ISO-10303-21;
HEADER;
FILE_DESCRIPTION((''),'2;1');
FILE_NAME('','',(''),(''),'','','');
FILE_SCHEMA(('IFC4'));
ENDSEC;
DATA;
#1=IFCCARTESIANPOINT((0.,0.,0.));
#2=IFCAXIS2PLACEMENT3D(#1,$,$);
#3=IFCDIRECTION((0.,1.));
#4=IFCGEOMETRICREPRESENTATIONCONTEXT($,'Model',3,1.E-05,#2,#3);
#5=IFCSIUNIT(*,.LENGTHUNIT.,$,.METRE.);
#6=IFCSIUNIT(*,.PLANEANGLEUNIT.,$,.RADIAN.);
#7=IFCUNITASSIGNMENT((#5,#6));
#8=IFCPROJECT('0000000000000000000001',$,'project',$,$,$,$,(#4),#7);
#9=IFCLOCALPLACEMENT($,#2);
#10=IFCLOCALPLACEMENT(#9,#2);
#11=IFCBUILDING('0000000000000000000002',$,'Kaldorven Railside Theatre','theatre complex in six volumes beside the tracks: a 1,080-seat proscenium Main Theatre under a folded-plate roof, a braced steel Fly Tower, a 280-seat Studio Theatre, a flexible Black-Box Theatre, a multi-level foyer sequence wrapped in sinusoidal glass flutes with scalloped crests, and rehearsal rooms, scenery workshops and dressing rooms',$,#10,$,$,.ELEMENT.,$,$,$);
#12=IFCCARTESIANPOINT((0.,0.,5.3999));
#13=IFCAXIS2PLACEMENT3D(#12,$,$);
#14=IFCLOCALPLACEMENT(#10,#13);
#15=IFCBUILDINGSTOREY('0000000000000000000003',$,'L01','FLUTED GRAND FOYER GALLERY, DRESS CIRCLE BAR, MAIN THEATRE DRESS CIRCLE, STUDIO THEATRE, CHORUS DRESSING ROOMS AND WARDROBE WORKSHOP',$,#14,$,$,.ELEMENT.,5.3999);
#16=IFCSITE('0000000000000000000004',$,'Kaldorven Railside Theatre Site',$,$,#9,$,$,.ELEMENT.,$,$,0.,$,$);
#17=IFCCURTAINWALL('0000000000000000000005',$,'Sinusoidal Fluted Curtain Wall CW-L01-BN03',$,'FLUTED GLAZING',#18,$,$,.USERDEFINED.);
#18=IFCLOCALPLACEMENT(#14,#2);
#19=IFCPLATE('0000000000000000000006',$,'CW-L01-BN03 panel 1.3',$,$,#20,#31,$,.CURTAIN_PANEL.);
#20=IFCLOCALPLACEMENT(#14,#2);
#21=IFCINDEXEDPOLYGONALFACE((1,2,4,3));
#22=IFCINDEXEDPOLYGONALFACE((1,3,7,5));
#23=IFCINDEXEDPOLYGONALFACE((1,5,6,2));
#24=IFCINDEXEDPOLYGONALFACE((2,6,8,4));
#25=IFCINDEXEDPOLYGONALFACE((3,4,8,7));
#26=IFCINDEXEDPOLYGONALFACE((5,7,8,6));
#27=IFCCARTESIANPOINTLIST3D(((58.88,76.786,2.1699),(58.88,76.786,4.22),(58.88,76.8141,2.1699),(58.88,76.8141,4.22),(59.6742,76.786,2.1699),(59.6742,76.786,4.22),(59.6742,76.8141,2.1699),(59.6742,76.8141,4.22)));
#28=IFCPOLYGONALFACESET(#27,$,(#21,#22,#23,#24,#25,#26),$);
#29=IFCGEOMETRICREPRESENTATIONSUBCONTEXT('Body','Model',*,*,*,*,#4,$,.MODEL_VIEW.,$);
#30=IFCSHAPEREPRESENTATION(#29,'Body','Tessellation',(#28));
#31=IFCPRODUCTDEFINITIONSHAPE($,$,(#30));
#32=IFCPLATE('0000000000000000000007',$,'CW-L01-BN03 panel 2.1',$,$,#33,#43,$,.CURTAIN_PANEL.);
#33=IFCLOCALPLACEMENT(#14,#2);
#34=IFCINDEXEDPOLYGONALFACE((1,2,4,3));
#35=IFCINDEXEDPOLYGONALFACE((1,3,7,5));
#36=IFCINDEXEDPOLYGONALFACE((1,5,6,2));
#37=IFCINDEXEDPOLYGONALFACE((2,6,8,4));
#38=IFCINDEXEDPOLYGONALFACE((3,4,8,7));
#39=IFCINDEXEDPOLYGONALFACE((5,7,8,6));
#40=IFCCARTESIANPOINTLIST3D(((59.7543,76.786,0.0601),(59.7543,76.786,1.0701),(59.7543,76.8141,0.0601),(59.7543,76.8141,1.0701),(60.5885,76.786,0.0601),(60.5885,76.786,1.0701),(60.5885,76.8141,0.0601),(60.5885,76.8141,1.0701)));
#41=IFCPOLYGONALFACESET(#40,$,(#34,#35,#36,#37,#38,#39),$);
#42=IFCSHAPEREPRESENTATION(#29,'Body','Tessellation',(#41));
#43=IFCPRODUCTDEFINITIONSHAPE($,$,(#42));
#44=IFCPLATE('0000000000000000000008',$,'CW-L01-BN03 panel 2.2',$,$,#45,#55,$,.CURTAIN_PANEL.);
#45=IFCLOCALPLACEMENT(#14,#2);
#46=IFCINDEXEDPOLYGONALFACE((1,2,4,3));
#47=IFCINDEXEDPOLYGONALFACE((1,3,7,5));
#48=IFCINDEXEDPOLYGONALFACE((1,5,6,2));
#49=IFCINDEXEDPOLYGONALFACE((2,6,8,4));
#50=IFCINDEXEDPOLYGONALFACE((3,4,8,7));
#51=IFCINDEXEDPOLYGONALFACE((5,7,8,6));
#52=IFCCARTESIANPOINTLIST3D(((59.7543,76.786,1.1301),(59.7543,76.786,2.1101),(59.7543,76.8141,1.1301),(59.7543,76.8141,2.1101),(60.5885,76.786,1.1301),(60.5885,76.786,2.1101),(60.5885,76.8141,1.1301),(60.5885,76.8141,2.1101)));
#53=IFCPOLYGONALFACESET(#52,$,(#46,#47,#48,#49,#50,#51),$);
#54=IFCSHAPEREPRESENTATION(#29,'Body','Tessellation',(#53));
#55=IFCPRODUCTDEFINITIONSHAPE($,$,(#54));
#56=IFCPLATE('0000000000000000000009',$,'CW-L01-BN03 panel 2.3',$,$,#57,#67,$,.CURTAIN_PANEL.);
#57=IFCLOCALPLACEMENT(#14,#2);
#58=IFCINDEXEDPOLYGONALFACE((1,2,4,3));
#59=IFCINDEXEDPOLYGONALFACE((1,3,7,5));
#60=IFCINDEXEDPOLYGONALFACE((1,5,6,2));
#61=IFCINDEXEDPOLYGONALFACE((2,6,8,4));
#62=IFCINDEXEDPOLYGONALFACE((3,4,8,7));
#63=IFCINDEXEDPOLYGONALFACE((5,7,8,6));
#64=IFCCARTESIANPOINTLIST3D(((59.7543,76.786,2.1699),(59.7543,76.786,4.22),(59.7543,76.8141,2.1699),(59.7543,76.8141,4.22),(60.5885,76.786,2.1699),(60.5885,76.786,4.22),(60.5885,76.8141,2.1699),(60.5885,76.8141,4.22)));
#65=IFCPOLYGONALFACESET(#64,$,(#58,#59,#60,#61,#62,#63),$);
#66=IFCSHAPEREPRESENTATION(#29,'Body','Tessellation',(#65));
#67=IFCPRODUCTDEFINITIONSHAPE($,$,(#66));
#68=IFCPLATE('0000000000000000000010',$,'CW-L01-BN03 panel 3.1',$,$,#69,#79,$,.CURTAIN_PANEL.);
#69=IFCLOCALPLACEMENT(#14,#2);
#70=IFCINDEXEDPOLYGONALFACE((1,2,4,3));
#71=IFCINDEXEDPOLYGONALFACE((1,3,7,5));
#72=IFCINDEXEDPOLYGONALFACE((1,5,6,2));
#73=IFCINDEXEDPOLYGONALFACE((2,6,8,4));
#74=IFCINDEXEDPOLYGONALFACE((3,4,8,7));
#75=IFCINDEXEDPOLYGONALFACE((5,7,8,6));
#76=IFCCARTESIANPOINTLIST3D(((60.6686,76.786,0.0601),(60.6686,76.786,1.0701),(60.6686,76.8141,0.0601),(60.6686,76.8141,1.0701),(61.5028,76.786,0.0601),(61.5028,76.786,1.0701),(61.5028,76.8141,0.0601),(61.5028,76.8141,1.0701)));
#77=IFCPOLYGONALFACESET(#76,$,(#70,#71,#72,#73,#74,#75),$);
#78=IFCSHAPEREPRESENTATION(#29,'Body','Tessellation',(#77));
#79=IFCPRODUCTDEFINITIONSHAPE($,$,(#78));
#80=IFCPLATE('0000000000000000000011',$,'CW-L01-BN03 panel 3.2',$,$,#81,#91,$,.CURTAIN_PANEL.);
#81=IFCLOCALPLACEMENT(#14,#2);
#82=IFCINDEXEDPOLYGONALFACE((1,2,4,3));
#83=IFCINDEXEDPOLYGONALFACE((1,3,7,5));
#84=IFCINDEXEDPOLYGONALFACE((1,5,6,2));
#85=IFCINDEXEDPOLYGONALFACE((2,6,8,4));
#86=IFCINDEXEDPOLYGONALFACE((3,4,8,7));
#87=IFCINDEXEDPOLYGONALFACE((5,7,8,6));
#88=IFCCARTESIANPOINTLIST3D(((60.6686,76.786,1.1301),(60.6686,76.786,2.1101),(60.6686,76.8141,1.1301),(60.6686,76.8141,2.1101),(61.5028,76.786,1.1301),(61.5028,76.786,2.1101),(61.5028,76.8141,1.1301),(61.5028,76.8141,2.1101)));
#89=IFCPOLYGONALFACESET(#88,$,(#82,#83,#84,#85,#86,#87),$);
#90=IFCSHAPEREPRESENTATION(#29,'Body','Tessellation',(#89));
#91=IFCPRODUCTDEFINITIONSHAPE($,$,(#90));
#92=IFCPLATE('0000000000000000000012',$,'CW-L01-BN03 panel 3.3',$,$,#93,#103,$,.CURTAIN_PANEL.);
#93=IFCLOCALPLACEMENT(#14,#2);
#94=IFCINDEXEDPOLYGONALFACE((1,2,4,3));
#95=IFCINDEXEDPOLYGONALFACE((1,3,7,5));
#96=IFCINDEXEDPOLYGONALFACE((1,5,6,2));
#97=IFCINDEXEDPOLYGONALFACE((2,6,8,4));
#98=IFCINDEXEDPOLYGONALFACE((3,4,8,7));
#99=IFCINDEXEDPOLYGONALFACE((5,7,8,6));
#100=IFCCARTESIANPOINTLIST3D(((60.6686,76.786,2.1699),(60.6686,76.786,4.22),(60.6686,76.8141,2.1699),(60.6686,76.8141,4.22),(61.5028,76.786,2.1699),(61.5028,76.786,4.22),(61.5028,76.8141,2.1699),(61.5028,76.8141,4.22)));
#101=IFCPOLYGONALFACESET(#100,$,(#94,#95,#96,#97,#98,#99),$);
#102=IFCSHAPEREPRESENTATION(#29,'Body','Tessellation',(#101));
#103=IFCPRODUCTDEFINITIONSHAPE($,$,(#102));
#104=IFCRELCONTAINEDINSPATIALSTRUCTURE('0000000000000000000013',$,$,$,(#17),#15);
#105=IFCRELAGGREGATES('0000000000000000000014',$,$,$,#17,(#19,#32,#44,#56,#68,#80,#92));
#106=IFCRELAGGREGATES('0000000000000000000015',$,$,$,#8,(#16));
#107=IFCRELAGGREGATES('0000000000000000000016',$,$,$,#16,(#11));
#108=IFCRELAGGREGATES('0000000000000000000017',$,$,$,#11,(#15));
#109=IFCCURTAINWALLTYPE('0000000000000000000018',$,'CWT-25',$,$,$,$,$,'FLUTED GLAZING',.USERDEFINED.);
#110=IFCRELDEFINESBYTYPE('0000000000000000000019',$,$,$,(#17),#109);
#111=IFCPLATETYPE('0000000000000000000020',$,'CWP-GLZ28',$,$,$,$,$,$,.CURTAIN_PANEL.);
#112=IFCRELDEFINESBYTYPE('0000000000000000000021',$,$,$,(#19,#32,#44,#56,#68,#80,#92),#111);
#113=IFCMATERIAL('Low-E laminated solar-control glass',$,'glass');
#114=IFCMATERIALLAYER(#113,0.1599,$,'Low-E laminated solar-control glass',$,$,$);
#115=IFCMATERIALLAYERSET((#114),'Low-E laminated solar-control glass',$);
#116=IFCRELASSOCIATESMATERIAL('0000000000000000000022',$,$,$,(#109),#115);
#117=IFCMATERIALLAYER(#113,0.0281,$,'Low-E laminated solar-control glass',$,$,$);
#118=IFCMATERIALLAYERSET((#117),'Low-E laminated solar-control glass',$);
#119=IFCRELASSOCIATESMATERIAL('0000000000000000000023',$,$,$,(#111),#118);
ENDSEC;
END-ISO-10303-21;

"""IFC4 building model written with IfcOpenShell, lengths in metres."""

from ifc_helpers import new_model, si_unit, direction, frame, origin, origin_2d, place, context, subcontext, project, spatial, rectangle, extrude, material, layer, layer_set, type_object, element, aggregate, save


model = new_model("IFC4")

# Units and contexts
model_context = context("Model", 3, precision=1e-05, world=origin(), true_north=direction((0.0, 1.0)))
body_context = subcontext(model_context, "Body", "Model", "MODEL_VIEW")
ifc_project = project(units=[si_unit("LENGTHUNIT", "METRE"), si_unit("PLANEANGLEUNIT", "RADIAN")], contexts=[model_context])

# Site, building, storey
site_placement = place(None, origin())
site = spatial("IfcSite", under=ifc_project, at=site_placement, Name="Kaldorven Railside Theatre Site", CompositionType="ELEMENT", RefElevation=0.0)
building_placement = place(site_placement, origin())
building = spatial("IfcBuilding", under=site, at=building_placement, Name="Kaldorven Railside Theatre", Description="theatre complex in six volumes beside the tracks: a 1,080-seat proscenium Main Theatre under a folded-plate roof, a braced steel Fly Tower, a 280-seat Studio Theatre, a flexible Black-Box Theatre, a multi-level foyer sequence wrapped in sinusoidal glass flutes with scalloped crests, and rehearsal rooms, scenery workshops and dressing rooms", CompositionType="ELEMENT")
storey_placement = place(building_placement, frame((0.0, 0.0, 5.3999)))
storey = spatial("IfcBuildingStorey", under=building, at=storey_placement, Name="L01", Description="FLUTED GRAND FOYER GALLERY, DRESS CIRCLE BAR, MAIN THEATRE DRESS CIRCLE, STUDIO THEATRE, CHORUS DRESSING ROOMS AND WARDROBE WORKSHOP", CompositionType="ELEMENT", Elevation=5.3999)

# Curtain wall, plates
ifc_material_1 = material(Name="Low-E laminated solar-control glass", Category="glass")
ifc_layer_1 = layer(ifc_material_1, 0.1599, Name="Low-E laminated solar-control glass")
ifc_layer_set_1 = layer_set([ifc_layer_1], Name="Low-E laminated solar-control glass")
curtain_wall_type = type_object("IfcCurtainWallType", Name="CWT-25", ElementType="FLUTED GLAZING", PredefinedType="USERDEFINED", material=ifc_layer_set_1)
curtain_wall_placement = place(storey_placement, origin())
curtain_wall = element("IfcCurtainWall", 1, at=curtain_wall_placement, inside=storey, type_object=curtain_wall_type, Name="Sinusoidal Fluted Curtain Wall CW-L01-BN03", ObjectType="FLUTED GLAZING", PredefinedType="USERDEFINED")
ifc_layer_2 = layer(ifc_material_1, 0.0281, Name="Low-E laminated solar-control glass")
ifc_layer_set_2 = layer_set([ifc_layer_2], Name="Low-E laminated solar-control glass")
plate_type = type_object("IfcPlateType", Name="CWP-GLZ28", PredefinedType="CURTAIN_PANEL", material=ifc_layer_set_2)
plate_1_placement = place(storey_placement, frame((59.2771, 76.8, 2.1699), z_axis=(0.0, 0.0, 1.0), x_axis=(1.0, 0.0, 0.0)))
plate_1 = element("IfcPlate", 2, at=plate_1_placement, type_object=plate_type, Name="CW-L01-BN03 panel 1.3", PredefinedType="CURTAIN_PANEL", context=body_context, shape_type="SweptSolid", body=[
    extrude(rectangle(XDim=0.7942, YDim=0.0281, at=origin_2d()), origin(), (0.0, 0.0, 1.0), 2.05),
])
plate_2_placement = place(storey_placement, frame((60.1714, 76.8, 0.0601), z_axis=(0.0, 0.0, 1.0), x_axis=(1.0, 0.0, 0.0)))
plate_2 = element("IfcPlate", 3, at=plate_2_placement, type_object=plate_type, Name="CW-L01-BN03 panel 2.1", PredefinedType="CURTAIN_PANEL", context=body_context, shape_type="SweptSolid", body=[
    extrude(rectangle(XDim=0.8342, YDim=0.0281, at=origin_2d()), origin(), (0.0, 0.0, 1.0), 1.01),
])
plate_3_placement = place(storey_placement, frame((60.1714, 76.8, 1.1301), z_axis=(0.0, 0.0, 1.0), x_axis=(1.0, 0.0, 0.0)))
plate_3 = element("IfcPlate", 4, at=plate_3_placement, type_object=plate_type, Name="CW-L01-BN03 panel 2.2", PredefinedType="CURTAIN_PANEL", context=body_context, shape_type="SweptSolid", body=[
    extrude(rectangle(XDim=0.8342, YDim=0.0281, at=origin_2d()), origin(), (0.0, 0.0, 1.0), 0.98),
])
plate_4_placement = place(storey_placement, frame((60.1714, 76.8, 2.1699), z_axis=(0.0, 0.0, 1.0), x_axis=(1.0, 0.0, 0.0)))
plate_4 = element("IfcPlate", 5, at=plate_4_placement, type_object=plate_type, Name="CW-L01-BN03 panel 2.3", PredefinedType="CURTAIN_PANEL", context=body_context, shape_type="SweptSolid", body=[
    extrude(rectangle(XDim=0.8342, YDim=0.0281, at=origin_2d()), origin(), (0.0, 0.0, 1.0), 2.05),
])
plate_5_placement = place(storey_placement, frame((61.0857, 76.8, 0.0601), z_axis=(0.0, 0.0, 1.0), x_axis=(1.0, 0.0, 0.0)))
plate_5 = element("IfcPlate", 6, at=plate_5_placement, type_object=plate_type, Name="CW-L01-BN03 panel 3.1", PredefinedType="CURTAIN_PANEL", context=body_context, shape_type="SweptSolid", body=[
    extrude(rectangle(XDim=0.8342, YDim=0.0281, at=origin_2d()), origin(), (0.0, 0.0, 1.0), 1.01),
])
plate_6_placement = place(storey_placement, frame((61.0857, 76.8, 1.1301), z_axis=(0.0, 0.0, 1.0), x_axis=(1.0, 0.0, 0.0)))
plate_6 = element("IfcPlate", 7, at=plate_6_placement, type_object=plate_type, Name="CW-L01-BN03 panel 3.2", PredefinedType="CURTAIN_PANEL", context=body_context, shape_type="SweptSolid", body=[
    extrude(rectangle(XDim=0.8342, YDim=0.0281, at=origin_2d()), origin(), (0.0, 0.0, 1.0), 0.98),
])
plate_7_placement = place(storey_placement, frame((61.0857, 76.8, 2.1699), z_axis=(0.0, 0.0, 1.0), x_axis=(1.0, 0.0, 0.0)))
plate_7 = element("IfcPlate", 8, at=plate_7_placement, type_object=plate_type, Name="CW-L01-BN03 panel 3.3", PredefinedType="CURTAIN_PANEL", context=body_context, shape_type="SweptSolid", body=[
    extrude(rectangle(XDim=0.8342, YDim=0.0281, at=origin_2d()), origin(), (0.0, 0.0, 1.0), 2.05),
])
aggregate(curtain_wall, [plate_1, plate_2, plate_3, plate_4, plate_5, plate_6, plate_7])

save(model, "model.ifc")
